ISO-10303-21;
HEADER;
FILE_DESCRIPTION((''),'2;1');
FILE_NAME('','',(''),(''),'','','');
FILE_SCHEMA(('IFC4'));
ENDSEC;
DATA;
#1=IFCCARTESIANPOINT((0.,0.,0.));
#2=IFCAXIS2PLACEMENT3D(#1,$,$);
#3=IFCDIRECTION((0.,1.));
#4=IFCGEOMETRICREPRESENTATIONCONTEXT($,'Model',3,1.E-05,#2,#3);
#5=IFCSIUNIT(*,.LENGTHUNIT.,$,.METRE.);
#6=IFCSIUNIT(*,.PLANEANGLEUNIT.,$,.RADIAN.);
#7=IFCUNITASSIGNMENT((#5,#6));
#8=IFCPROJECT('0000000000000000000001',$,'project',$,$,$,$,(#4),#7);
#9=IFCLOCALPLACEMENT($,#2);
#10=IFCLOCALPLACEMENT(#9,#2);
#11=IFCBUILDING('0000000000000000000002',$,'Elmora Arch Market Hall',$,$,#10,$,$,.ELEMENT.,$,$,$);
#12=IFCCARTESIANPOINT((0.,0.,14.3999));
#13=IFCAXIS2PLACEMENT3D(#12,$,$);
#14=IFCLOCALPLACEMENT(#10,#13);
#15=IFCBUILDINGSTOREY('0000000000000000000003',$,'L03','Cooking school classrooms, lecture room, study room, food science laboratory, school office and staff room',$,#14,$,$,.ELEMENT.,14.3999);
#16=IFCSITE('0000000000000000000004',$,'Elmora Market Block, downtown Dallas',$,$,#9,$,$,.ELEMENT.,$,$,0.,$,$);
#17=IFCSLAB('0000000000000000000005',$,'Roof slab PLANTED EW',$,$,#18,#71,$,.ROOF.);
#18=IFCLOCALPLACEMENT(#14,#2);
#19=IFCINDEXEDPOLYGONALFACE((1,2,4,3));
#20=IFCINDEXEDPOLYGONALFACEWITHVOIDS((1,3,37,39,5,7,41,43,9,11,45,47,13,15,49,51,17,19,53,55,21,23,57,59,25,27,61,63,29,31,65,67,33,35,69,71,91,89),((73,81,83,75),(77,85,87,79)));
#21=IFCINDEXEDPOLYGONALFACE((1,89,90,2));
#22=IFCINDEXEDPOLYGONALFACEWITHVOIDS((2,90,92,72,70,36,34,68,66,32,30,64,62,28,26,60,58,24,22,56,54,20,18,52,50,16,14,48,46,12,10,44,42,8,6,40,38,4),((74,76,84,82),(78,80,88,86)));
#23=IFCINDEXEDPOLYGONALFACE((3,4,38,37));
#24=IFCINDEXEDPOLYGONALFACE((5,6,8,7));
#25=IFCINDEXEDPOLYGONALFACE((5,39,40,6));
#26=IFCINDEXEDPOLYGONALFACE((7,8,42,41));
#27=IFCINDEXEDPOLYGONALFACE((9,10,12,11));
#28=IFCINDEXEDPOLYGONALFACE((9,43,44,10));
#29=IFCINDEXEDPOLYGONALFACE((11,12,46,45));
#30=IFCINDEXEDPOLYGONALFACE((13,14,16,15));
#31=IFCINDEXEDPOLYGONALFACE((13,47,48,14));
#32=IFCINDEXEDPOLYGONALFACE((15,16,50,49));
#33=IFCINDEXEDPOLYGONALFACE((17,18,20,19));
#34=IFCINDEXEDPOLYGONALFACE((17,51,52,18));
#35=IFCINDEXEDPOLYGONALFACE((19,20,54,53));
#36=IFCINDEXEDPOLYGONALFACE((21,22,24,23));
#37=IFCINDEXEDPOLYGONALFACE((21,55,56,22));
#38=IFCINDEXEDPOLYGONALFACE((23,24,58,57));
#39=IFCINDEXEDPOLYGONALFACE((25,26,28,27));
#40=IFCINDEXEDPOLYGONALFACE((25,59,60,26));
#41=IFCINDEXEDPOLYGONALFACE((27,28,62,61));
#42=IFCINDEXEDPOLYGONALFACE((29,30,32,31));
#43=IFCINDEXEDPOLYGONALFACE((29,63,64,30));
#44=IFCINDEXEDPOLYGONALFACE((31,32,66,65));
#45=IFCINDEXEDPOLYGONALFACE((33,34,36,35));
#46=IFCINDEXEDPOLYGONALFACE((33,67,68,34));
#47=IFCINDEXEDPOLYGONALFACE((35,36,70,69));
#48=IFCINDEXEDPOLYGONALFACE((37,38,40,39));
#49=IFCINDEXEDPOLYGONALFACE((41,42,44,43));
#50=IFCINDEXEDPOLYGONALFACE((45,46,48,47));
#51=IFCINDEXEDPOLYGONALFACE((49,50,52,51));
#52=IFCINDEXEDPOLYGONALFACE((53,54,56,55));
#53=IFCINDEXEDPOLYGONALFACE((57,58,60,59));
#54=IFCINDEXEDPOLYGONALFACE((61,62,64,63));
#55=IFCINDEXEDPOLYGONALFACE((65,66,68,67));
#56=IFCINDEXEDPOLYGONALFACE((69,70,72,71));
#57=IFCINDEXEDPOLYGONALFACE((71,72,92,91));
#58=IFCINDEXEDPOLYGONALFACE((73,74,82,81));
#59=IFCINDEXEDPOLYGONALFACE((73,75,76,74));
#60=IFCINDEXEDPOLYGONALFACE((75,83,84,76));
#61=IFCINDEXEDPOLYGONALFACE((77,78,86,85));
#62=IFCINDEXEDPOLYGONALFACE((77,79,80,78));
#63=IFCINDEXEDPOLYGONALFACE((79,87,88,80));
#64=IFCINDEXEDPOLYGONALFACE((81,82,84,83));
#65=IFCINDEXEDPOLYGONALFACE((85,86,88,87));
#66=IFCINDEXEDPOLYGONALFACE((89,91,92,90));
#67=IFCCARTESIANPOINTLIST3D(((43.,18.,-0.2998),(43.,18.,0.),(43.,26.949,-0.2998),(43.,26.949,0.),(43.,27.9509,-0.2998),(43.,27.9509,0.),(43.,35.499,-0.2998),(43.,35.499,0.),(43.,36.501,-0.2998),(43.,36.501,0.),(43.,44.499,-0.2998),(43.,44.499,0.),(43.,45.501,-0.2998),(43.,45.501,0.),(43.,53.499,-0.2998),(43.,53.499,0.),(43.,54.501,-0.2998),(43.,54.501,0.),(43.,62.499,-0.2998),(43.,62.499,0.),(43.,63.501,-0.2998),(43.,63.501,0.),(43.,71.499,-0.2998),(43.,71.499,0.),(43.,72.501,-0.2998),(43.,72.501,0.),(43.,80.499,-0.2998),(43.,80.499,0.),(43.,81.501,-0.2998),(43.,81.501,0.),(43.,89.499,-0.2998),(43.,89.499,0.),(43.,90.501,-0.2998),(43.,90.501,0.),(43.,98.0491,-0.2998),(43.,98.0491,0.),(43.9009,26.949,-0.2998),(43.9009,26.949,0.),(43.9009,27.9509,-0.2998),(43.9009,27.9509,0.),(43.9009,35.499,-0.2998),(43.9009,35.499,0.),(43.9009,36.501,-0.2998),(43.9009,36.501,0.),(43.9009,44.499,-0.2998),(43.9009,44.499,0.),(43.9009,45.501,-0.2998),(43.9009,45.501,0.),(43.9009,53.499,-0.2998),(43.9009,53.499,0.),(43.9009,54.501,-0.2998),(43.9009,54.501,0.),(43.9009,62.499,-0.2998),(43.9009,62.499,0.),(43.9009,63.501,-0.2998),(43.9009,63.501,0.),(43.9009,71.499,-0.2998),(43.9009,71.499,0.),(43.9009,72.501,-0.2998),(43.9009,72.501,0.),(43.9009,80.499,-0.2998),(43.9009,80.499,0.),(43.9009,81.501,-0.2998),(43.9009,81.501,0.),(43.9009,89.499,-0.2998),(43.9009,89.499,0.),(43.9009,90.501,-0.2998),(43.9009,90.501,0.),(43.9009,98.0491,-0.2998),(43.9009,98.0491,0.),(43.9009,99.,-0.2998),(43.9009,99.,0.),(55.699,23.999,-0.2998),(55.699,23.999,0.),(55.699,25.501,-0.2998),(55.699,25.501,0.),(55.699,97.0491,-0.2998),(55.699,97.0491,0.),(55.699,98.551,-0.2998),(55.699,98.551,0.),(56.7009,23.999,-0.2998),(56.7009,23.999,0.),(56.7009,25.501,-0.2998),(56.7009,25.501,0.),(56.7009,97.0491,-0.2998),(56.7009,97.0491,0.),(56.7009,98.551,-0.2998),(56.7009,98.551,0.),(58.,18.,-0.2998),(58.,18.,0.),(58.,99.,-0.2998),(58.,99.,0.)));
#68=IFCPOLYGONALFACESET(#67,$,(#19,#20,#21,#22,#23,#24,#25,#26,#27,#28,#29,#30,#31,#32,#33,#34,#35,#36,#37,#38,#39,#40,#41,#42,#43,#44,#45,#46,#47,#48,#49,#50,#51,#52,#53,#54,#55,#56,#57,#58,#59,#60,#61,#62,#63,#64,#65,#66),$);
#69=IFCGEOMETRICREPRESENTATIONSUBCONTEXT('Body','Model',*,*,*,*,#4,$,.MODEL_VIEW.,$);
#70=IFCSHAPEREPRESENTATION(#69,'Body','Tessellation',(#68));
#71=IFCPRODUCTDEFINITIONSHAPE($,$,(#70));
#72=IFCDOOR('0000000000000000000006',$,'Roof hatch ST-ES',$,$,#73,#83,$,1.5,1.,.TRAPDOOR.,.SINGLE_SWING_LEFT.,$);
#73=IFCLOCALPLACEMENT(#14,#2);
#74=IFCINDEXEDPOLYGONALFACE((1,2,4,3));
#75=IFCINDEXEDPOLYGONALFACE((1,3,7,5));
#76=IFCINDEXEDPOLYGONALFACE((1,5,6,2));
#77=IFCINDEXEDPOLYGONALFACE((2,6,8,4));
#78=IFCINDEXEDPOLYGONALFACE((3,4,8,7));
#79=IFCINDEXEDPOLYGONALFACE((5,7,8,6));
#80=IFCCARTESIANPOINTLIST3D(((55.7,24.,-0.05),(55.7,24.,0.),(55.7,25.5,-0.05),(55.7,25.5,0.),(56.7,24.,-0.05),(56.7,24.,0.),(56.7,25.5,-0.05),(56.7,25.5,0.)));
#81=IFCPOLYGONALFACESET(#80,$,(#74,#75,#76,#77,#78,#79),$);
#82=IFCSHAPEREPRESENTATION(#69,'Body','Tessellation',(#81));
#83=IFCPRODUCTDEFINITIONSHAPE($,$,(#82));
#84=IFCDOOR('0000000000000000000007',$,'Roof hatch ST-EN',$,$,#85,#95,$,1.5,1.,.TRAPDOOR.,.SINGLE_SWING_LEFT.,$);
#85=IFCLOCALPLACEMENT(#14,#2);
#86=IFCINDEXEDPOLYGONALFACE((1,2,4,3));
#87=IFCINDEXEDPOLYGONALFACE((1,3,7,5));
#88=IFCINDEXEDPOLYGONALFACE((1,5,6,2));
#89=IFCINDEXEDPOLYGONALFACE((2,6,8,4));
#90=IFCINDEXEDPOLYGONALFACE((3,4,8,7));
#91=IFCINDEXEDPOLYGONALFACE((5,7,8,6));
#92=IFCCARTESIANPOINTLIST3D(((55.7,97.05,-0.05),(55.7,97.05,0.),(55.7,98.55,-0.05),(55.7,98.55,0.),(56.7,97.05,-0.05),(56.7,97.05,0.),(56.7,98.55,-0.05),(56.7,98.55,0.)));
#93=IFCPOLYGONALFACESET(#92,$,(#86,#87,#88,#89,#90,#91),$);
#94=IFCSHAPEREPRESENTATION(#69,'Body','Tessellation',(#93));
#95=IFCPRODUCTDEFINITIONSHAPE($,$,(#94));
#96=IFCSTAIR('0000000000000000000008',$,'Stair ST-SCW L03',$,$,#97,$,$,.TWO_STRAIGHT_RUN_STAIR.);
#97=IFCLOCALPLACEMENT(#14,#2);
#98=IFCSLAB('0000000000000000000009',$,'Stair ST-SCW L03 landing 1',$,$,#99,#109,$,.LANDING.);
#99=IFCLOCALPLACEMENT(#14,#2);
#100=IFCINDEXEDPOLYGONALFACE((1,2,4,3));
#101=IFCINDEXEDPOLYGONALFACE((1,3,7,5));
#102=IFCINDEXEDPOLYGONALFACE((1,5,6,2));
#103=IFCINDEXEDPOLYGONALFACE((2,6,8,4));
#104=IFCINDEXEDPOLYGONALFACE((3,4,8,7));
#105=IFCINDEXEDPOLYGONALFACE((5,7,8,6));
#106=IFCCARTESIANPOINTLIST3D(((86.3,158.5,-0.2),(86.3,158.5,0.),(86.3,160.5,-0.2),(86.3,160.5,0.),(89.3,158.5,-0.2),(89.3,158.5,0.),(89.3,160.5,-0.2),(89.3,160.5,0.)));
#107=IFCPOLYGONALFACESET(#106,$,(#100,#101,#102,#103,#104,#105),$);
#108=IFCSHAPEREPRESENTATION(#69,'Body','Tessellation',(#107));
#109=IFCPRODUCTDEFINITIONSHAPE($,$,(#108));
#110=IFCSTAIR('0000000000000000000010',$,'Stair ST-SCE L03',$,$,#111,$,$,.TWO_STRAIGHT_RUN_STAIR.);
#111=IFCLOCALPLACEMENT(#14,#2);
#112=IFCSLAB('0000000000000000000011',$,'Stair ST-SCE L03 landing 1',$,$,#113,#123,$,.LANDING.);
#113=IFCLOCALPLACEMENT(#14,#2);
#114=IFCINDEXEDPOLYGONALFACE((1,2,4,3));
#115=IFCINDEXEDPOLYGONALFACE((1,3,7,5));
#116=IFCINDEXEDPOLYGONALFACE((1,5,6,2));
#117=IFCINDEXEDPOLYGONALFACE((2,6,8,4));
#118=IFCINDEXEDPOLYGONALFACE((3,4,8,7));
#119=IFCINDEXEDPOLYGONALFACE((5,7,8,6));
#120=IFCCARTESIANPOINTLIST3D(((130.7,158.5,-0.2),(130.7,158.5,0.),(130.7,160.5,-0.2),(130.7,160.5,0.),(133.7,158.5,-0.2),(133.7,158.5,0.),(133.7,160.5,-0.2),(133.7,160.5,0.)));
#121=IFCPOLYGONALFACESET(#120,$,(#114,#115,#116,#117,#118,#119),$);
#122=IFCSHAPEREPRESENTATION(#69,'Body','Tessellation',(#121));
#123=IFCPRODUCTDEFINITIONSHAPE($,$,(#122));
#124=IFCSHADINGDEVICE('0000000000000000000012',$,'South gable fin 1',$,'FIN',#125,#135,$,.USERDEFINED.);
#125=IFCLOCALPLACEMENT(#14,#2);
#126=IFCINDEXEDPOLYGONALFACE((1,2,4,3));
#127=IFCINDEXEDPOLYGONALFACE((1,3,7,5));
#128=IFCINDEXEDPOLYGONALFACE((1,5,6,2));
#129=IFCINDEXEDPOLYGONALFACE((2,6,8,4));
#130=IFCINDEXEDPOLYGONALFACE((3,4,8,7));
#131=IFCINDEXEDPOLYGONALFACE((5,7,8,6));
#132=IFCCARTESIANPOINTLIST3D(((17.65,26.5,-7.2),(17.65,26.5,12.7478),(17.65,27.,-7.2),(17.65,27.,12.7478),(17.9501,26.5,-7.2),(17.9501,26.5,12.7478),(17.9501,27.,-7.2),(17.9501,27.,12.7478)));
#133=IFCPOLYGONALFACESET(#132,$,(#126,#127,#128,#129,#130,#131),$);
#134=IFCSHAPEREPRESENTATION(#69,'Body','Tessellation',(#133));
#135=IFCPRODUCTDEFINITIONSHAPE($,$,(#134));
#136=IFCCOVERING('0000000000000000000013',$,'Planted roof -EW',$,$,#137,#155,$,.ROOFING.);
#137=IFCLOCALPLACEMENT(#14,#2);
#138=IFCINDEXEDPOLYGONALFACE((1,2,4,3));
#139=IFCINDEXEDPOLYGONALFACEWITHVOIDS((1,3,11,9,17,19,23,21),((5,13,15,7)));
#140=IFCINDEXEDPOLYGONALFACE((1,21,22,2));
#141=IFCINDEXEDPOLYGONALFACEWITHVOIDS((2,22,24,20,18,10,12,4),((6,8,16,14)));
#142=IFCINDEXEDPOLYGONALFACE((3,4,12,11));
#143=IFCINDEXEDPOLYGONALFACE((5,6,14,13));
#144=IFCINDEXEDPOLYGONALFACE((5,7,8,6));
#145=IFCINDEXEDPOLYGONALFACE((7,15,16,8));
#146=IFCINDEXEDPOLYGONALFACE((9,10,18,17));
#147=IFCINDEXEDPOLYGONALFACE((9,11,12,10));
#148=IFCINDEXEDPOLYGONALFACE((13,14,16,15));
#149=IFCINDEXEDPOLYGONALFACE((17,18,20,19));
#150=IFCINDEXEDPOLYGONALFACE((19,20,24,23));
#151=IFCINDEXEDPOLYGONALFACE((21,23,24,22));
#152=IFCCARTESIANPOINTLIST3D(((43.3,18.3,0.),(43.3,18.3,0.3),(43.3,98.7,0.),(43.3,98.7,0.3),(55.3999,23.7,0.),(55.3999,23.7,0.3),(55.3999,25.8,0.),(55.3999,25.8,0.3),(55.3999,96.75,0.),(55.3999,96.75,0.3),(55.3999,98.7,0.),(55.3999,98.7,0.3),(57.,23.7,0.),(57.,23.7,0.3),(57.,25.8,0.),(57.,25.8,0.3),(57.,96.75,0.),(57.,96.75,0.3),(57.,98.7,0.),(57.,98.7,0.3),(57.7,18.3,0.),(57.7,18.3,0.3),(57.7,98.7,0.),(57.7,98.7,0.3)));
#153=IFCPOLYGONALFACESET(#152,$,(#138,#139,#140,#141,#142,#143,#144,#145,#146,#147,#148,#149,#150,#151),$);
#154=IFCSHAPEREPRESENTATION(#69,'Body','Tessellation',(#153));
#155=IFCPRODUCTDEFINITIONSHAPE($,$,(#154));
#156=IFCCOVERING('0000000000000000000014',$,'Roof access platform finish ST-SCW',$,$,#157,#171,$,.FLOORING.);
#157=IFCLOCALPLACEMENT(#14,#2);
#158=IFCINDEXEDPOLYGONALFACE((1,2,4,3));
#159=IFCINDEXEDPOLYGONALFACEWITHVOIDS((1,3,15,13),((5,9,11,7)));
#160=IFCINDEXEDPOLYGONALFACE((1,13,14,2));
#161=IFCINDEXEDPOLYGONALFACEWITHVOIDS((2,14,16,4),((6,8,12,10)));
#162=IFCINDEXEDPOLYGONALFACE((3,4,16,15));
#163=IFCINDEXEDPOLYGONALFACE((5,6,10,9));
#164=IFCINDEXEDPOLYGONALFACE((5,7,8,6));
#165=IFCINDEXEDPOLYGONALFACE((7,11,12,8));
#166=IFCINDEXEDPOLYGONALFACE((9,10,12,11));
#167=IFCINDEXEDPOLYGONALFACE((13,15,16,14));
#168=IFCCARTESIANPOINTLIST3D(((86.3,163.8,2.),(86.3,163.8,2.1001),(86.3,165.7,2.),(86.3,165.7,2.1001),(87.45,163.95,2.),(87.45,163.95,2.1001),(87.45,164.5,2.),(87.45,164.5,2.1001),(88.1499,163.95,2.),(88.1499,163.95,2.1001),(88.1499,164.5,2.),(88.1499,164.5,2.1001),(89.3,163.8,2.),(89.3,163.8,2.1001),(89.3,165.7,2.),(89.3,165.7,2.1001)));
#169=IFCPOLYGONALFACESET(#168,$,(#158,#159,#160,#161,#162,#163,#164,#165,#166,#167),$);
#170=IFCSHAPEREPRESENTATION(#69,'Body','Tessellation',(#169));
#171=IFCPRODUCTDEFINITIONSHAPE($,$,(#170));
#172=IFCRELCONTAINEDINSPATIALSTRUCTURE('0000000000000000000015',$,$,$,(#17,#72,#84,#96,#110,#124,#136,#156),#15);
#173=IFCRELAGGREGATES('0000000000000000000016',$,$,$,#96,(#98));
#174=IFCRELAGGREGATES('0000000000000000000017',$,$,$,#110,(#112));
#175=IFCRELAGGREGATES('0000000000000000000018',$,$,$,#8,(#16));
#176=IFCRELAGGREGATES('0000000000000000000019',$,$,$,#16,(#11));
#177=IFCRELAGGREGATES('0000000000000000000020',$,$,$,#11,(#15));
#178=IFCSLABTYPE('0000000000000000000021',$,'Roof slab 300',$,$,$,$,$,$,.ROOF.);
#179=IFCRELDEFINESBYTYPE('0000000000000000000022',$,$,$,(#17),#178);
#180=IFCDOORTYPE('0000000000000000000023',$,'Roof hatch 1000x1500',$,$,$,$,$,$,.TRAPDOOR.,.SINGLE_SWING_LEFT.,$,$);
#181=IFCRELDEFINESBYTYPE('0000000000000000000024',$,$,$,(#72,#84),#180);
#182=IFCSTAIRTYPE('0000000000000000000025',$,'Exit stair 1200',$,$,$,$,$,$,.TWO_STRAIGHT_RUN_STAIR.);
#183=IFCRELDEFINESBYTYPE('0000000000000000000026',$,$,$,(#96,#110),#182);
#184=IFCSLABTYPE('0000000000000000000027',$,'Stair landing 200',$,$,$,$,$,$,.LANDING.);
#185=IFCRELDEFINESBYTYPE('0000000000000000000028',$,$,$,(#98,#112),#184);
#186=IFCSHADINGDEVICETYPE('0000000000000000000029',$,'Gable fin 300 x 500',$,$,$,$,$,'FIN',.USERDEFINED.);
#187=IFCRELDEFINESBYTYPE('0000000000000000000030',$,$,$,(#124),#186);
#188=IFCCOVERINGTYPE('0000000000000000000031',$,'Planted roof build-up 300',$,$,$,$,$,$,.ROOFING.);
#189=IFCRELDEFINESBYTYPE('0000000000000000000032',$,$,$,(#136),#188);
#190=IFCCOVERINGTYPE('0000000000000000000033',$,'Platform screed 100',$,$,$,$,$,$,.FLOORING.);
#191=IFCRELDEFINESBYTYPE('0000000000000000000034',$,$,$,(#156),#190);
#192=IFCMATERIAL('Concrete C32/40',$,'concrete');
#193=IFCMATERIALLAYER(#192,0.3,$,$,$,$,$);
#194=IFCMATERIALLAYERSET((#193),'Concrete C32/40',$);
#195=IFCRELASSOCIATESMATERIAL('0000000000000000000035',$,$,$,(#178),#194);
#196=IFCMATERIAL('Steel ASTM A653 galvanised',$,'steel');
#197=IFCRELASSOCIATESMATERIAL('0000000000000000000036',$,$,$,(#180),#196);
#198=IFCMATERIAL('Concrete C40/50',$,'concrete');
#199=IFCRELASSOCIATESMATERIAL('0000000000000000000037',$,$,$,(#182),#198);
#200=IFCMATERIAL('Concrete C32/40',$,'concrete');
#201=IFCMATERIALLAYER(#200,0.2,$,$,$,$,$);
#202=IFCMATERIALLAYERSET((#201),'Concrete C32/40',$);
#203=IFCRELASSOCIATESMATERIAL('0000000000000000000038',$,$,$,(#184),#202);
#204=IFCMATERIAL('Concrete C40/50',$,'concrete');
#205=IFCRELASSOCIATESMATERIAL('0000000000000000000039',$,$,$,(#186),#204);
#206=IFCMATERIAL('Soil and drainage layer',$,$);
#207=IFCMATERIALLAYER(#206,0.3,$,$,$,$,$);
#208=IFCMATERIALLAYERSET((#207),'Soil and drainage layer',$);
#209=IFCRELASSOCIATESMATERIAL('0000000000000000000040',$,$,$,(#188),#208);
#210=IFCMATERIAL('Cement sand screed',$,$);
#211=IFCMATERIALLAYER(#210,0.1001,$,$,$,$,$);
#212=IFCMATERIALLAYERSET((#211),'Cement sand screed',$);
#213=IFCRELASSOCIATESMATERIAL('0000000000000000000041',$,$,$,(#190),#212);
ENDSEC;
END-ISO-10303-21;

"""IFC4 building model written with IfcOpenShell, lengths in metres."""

from ifc_helpers import new_model, si_unit, direction, frame, origin, origin_2d, place, context, subcontext, project, spatial, polyline, rectangle, outline, extrude, material, layer, layer_set, type_object, element, fill, aggregate, save


model = new_model("IFC4")

# Units and contexts
model_context = context("Model", 3, precision=1e-05, world=origin(), true_north=direction((0.0, 1.0)))
body_context = subcontext(model_context, "Body", "Model", "MODEL_VIEW")
ifc_project = project(units=[si_unit("LENGTHUNIT", "METRE"), si_unit("PLANEANGLEUNIT", "RADIAN")], contexts=[model_context])

# Site, building, storey
site_placement = place(None, origin())
site = spatial("IfcSite", under=ifc_project, at=site_placement, Name="Elmora Market Block, downtown Dallas", CompositionType="ELEMENT", RefElevation=0.0)
building_placement = place(site_placement, origin())
building = spatial("IfcBuilding", under=site, at=building_placement, Name="Elmora Arch Market Hall", CompositionType="ELEMENT")
storey_placement = place(building_placement, frame((0.0, 0.0, 14.3999)))
storey = spatial("IfcBuildingStorey", under=building, at=storey_placement, Name="L03", Description="Cooking school classrooms, lecture room, study room, food science laboratory, school office and staff room", CompositionType="ELEMENT", Elevation=14.3999)

# Slab, openings, doors
ifc_material_1 = material(Name="Concrete C32/40", Category="concrete")
ifc_layer_1 = layer(ifc_material_1, 0.3)
ifc_layer_set_1 = layer_set([ifc_layer_1], Name="Concrete C32/40")
slab_type_1 = type_object("IfcSlabType", Name="Roof slab 300", PredefinedType="ROOF", material=ifc_layer_set_1)
slab_1_placement = place(storey_placement, frame((0.0, 0.0, -0.2998)))
slab_1 = element("IfcSlab", 1, at=slab_1_placement, inside=storey, type_object=slab_type_1, Name="Roof slab PLANTED EW", PredefinedType="ROOF", context=body_context, shape_type="SweptSolid", body=[
    extrude(outline(polyline([(43.0, 18.0), (43.0, 26.949), (43.9009, 26.949), (43.9009, 27.9509), (43.0, 27.9509), (43.0, 35.499), (43.9009, 35.499), (43.9009, 36.501), (43.0, 36.501), (43.0, 44.499), (43.9009, 44.499), (43.9009, 45.501), (43.0, 45.501), (43.0, 53.499), (43.9009, 53.499), (43.9009, 54.501), (43.0, 54.501), (43.0, 62.499), (43.9009, 62.499), (43.9009, 63.501), (43.0, 63.501), (43.0, 71.499), (43.9009, 71.499), (43.9009, 72.501), (43.0, 72.501), (43.0, 80.499), (43.9009, 80.499), (43.9009, 81.501), (43.0, 81.501), (43.0, 89.499), (43.9009, 89.499), (43.9009, 90.501), (43.0, 90.501), (43.0, 98.0491), (43.9009, 98.0491), (43.9009, 99.0), (58.0, 99.0), (58.0, 27.0), (58.0, 18.0), (43.0, 18.0)]), holes=[polyline([(55.699, 97.0491), (56.7009, 97.0491), (56.7009, 98.551), (55.699, 98.551), (55.699, 97.0491)]), polyline([(55.699, 23.999), (56.7009, 23.999), (56.7009, 25.501), (55.699, 25.501), (55.699, 23.999)])]), origin(), (0.0, 0.0, 1.0), 0.2998),
])
opening_1_placement = place(slab_1_placement, frame((56.2, 24.75, 0.0)))
opening_1 = element("IfcOpeningElement", 2, at=opening_1_placement, cuts=slab_1, PredefinedType="OPENING", context=body_context, shape_type="SweptSolid", body=[
    extrude(rectangle(XDim=1.0, YDim=1.5, at=origin_2d()), origin(), (0.0, 0.0, 1.0), 0.2998),
])
opening_2_placement = place(slab_1_placement, frame((56.2, 97.8, 0.0)))
opening_2 = element("IfcOpeningElement", 3, at=opening_2_placement, cuts=slab_1, PredefinedType="OPENING", context=body_context, shape_type="SweptSolid", body=[
    extrude(rectangle(XDim=1.0, YDim=1.5, at=origin_2d()), origin(), (0.0, 0.0, 1.0), 0.2998),
])
ifc_material_2 = material(Name="Steel ASTM A653 galvanised", Category="steel")
door_type = type_object("IfcDoorType", Name="Roof hatch 1000x1500", OperationType="SINGLE_SWING_LEFT", PredefinedType="TRAPDOOR", material=ifc_material_2)
door_1_placement = place(opening_1_placement, frame((0.0, 0.0, 0.2498)))
door_1 = element("IfcDoor", 4, at=door_1_placement, inside=storey, type_object=door_type, Name="Roof hatch ST-ES", OperationType="SINGLE_SWING_LEFT", OverallHeight=1.5, OverallWidth=1.0, PredefinedType="TRAPDOOR", context=body_context, shape_type="SweptSolid", body=[
    extrude(rectangle(XDim=1.0, YDim=1.5, at=origin_2d()), origin(), (0.0, 0.0, 1.0), 0.05),
])
fill(opening_1, door_1)
door_2_placement = place(opening_2_placement, frame((0.0, 0.0, 0.2498)))
door_2 = element("IfcDoor", 5, at=door_2_placement, inside=storey, type_object=door_type, Name="Roof hatch ST-EN", OperationType="SINGLE_SWING_LEFT", OverallHeight=1.5, OverallWidth=1.0, PredefinedType="TRAPDOOR", context=body_context, shape_type="SweptSolid", body=[
    extrude(rectangle(XDim=1.0, YDim=1.5, at=origin_2d()), origin(), (0.0, 0.0, 1.0), 0.05),
])
fill(opening_2, door_2)

# Stairs, slabs
ifc_material_3 = material(Name="Concrete C40/50", Category="concrete")
stair_type = type_object("IfcStairType", Name="Exit stair 1200", PredefinedType="TWO_STRAIGHT_RUN_STAIR", material=ifc_material_3)
stair_1_placement = place(storey_placement, origin())
stair_1 = element("IfcStair", 6, at=stair_1_placement, inside=storey, type_object=stair_type, Name="Stair ST-SCW L03", PredefinedType="TWO_STRAIGHT_RUN_STAIR")
ifc_material_4 = material(Name="Concrete C32/40", Category="concrete")
ifc_layer_2 = layer(ifc_material_4, 0.2)
ifc_layer_set_2 = layer_set([ifc_layer_2], Name="Concrete C32/40")
slab_type_2 = type_object("IfcSlabType", Name="Stair landing 200", PredefinedType="LANDING", material=ifc_layer_set_2)
slab_2_placement = place(storey_placement, frame((0.0, 0.0, -0.2)))
slab_2 = element("IfcSlab", 7, at=slab_2_placement, type_object=slab_type_2, Name="Stair ST-SCW L03 landing 1", PredefinedType="LANDING", context=body_context, shape_type="SweptSolid", body=[
    extrude(outline(polyline([(86.3, 158.5), (89.3, 158.5), (89.3, 160.5), (86.3, 160.5), (86.3, 158.5)])), origin(), (0.0, 0.0, 1.0), 0.2),
])
aggregate(stair_1, [slab_2])
stair_2_placement = place(storey_placement, origin())
stair_2 = element("IfcStair", 8, at=stair_2_placement, inside=storey, type_object=stair_type, Name="Stair ST-SCE L03", PredefinedType="TWO_STRAIGHT_RUN_STAIR")
slab_3_placement = place(storey_placement, frame((0.0, 0.0, -0.2)))
slab_3 = element("IfcSlab", 9, at=slab_3_placement, type_object=slab_type_2, Name="Stair ST-SCE L03 landing 1", PredefinedType="LANDING", context=body_context, shape_type="SweptSolid", body=[
    extrude(outline(polyline([(130.7, 158.5), (133.7, 158.5), (133.7, 160.5), (130.7, 160.5), (130.7, 158.5)])), origin(), (0.0, 0.0, 1.0), 0.2),
])
aggregate(stair_2, [slab_3])

# Shading device
ifc_material_5 = material(Name="Concrete C40/50", Category="concrete")
shading_device_type = type_object("IfcShadingDeviceType", Name="Gable fin 300 x 500", ElementType="FIN", PredefinedType="USERDEFINED", material=ifc_material_5)
shading_device_placement = place(storey_placement, frame((17.8, 26.75, -7.2), z_axis=(0.0, 0.0, 1.0), x_axis=(1.0, 0.0, 0.0)))
element("IfcShadingDevice", 10, at=shading_device_placement, inside=storey, type_object=shading_device_type, Name="South gable fin 1", ObjectType="FIN", PredefinedType="USERDEFINED", context=body_context, shape_type="SweptSolid", body=[
    extrude(rectangle(XDim=0.3, YDim=0.5, at=origin_2d()), origin(), (0.0, 0.0, 1.0), 19.9478),
])

# Coverings
ifc_material_6 = material(Name="Soil and drainage layer")
ifc_layer_3 = layer(ifc_material_6, 0.3)
ifc_layer_set_3 = layer_set([ifc_layer_3], Name="Soil and drainage layer")
covering_type_1 = type_object("IfcCoveringType", Name="Planted roof build-up 300", PredefinedType="ROOFING", material=ifc_layer_set_3)
covering_1_placement = place(storey_placement, origin())
element("IfcCovering", 11, at=covering_1_placement, inside=storey, type_object=covering_type_1, Name="Planted roof -EW", PredefinedType="ROOFING", context=body_context, shape_type="SweptSolid", body=[
    extrude(outline(polyline([(43.3, 18.3), (43.3, 98.7), (55.3999, 98.7), (55.3999, 96.75), (57.0, 96.75), (57.0, 98.7), (57.7, 98.7), (57.7, 18.3), (43.3, 18.3)]), holes=[polyline([(57.0, 23.7), (57.0, 25.8), (55.3999, 25.8), (55.3999, 23.7), (57.0, 23.7)])]), origin(), (0.0, 0.0, 1.0), 0.3),
])
ifc_material_7 = material(Name="Cement sand screed")
ifc_layer_4 = layer(ifc_material_7, 0.1001)
ifc_layer_set_4 = layer_set([ifc_layer_4], Name="Cement sand screed")
covering_type_2 = type_object("IfcCoveringType", Name="Platform screed 100", PredefinedType="FLOORING", material=ifc_layer_set_4)
covering_2_placement = place(storey_placement, frame((0.0, 0.0, 2.0)))
element("IfcCovering", 12, at=covering_2_placement, inside=storey, type_object=covering_type_2, Name="Roof access platform finish ST-SCW", PredefinedType="FLOORING", context=body_context, shape_type="SweptSolid", body=[
    extrude(outline(polyline([(86.3, 163.8), (89.3, 163.8), (89.3, 165.7), (86.3, 165.7), (86.3, 163.8)]), holes=[polyline([(87.45, 163.95), (88.1499, 163.95), (88.1499, 164.5), (87.45, 164.5), (87.45, 163.95)])]), origin(), (0.0, 0.0, 1.0), 0.1001),
])

save(model, "model.ifc")
